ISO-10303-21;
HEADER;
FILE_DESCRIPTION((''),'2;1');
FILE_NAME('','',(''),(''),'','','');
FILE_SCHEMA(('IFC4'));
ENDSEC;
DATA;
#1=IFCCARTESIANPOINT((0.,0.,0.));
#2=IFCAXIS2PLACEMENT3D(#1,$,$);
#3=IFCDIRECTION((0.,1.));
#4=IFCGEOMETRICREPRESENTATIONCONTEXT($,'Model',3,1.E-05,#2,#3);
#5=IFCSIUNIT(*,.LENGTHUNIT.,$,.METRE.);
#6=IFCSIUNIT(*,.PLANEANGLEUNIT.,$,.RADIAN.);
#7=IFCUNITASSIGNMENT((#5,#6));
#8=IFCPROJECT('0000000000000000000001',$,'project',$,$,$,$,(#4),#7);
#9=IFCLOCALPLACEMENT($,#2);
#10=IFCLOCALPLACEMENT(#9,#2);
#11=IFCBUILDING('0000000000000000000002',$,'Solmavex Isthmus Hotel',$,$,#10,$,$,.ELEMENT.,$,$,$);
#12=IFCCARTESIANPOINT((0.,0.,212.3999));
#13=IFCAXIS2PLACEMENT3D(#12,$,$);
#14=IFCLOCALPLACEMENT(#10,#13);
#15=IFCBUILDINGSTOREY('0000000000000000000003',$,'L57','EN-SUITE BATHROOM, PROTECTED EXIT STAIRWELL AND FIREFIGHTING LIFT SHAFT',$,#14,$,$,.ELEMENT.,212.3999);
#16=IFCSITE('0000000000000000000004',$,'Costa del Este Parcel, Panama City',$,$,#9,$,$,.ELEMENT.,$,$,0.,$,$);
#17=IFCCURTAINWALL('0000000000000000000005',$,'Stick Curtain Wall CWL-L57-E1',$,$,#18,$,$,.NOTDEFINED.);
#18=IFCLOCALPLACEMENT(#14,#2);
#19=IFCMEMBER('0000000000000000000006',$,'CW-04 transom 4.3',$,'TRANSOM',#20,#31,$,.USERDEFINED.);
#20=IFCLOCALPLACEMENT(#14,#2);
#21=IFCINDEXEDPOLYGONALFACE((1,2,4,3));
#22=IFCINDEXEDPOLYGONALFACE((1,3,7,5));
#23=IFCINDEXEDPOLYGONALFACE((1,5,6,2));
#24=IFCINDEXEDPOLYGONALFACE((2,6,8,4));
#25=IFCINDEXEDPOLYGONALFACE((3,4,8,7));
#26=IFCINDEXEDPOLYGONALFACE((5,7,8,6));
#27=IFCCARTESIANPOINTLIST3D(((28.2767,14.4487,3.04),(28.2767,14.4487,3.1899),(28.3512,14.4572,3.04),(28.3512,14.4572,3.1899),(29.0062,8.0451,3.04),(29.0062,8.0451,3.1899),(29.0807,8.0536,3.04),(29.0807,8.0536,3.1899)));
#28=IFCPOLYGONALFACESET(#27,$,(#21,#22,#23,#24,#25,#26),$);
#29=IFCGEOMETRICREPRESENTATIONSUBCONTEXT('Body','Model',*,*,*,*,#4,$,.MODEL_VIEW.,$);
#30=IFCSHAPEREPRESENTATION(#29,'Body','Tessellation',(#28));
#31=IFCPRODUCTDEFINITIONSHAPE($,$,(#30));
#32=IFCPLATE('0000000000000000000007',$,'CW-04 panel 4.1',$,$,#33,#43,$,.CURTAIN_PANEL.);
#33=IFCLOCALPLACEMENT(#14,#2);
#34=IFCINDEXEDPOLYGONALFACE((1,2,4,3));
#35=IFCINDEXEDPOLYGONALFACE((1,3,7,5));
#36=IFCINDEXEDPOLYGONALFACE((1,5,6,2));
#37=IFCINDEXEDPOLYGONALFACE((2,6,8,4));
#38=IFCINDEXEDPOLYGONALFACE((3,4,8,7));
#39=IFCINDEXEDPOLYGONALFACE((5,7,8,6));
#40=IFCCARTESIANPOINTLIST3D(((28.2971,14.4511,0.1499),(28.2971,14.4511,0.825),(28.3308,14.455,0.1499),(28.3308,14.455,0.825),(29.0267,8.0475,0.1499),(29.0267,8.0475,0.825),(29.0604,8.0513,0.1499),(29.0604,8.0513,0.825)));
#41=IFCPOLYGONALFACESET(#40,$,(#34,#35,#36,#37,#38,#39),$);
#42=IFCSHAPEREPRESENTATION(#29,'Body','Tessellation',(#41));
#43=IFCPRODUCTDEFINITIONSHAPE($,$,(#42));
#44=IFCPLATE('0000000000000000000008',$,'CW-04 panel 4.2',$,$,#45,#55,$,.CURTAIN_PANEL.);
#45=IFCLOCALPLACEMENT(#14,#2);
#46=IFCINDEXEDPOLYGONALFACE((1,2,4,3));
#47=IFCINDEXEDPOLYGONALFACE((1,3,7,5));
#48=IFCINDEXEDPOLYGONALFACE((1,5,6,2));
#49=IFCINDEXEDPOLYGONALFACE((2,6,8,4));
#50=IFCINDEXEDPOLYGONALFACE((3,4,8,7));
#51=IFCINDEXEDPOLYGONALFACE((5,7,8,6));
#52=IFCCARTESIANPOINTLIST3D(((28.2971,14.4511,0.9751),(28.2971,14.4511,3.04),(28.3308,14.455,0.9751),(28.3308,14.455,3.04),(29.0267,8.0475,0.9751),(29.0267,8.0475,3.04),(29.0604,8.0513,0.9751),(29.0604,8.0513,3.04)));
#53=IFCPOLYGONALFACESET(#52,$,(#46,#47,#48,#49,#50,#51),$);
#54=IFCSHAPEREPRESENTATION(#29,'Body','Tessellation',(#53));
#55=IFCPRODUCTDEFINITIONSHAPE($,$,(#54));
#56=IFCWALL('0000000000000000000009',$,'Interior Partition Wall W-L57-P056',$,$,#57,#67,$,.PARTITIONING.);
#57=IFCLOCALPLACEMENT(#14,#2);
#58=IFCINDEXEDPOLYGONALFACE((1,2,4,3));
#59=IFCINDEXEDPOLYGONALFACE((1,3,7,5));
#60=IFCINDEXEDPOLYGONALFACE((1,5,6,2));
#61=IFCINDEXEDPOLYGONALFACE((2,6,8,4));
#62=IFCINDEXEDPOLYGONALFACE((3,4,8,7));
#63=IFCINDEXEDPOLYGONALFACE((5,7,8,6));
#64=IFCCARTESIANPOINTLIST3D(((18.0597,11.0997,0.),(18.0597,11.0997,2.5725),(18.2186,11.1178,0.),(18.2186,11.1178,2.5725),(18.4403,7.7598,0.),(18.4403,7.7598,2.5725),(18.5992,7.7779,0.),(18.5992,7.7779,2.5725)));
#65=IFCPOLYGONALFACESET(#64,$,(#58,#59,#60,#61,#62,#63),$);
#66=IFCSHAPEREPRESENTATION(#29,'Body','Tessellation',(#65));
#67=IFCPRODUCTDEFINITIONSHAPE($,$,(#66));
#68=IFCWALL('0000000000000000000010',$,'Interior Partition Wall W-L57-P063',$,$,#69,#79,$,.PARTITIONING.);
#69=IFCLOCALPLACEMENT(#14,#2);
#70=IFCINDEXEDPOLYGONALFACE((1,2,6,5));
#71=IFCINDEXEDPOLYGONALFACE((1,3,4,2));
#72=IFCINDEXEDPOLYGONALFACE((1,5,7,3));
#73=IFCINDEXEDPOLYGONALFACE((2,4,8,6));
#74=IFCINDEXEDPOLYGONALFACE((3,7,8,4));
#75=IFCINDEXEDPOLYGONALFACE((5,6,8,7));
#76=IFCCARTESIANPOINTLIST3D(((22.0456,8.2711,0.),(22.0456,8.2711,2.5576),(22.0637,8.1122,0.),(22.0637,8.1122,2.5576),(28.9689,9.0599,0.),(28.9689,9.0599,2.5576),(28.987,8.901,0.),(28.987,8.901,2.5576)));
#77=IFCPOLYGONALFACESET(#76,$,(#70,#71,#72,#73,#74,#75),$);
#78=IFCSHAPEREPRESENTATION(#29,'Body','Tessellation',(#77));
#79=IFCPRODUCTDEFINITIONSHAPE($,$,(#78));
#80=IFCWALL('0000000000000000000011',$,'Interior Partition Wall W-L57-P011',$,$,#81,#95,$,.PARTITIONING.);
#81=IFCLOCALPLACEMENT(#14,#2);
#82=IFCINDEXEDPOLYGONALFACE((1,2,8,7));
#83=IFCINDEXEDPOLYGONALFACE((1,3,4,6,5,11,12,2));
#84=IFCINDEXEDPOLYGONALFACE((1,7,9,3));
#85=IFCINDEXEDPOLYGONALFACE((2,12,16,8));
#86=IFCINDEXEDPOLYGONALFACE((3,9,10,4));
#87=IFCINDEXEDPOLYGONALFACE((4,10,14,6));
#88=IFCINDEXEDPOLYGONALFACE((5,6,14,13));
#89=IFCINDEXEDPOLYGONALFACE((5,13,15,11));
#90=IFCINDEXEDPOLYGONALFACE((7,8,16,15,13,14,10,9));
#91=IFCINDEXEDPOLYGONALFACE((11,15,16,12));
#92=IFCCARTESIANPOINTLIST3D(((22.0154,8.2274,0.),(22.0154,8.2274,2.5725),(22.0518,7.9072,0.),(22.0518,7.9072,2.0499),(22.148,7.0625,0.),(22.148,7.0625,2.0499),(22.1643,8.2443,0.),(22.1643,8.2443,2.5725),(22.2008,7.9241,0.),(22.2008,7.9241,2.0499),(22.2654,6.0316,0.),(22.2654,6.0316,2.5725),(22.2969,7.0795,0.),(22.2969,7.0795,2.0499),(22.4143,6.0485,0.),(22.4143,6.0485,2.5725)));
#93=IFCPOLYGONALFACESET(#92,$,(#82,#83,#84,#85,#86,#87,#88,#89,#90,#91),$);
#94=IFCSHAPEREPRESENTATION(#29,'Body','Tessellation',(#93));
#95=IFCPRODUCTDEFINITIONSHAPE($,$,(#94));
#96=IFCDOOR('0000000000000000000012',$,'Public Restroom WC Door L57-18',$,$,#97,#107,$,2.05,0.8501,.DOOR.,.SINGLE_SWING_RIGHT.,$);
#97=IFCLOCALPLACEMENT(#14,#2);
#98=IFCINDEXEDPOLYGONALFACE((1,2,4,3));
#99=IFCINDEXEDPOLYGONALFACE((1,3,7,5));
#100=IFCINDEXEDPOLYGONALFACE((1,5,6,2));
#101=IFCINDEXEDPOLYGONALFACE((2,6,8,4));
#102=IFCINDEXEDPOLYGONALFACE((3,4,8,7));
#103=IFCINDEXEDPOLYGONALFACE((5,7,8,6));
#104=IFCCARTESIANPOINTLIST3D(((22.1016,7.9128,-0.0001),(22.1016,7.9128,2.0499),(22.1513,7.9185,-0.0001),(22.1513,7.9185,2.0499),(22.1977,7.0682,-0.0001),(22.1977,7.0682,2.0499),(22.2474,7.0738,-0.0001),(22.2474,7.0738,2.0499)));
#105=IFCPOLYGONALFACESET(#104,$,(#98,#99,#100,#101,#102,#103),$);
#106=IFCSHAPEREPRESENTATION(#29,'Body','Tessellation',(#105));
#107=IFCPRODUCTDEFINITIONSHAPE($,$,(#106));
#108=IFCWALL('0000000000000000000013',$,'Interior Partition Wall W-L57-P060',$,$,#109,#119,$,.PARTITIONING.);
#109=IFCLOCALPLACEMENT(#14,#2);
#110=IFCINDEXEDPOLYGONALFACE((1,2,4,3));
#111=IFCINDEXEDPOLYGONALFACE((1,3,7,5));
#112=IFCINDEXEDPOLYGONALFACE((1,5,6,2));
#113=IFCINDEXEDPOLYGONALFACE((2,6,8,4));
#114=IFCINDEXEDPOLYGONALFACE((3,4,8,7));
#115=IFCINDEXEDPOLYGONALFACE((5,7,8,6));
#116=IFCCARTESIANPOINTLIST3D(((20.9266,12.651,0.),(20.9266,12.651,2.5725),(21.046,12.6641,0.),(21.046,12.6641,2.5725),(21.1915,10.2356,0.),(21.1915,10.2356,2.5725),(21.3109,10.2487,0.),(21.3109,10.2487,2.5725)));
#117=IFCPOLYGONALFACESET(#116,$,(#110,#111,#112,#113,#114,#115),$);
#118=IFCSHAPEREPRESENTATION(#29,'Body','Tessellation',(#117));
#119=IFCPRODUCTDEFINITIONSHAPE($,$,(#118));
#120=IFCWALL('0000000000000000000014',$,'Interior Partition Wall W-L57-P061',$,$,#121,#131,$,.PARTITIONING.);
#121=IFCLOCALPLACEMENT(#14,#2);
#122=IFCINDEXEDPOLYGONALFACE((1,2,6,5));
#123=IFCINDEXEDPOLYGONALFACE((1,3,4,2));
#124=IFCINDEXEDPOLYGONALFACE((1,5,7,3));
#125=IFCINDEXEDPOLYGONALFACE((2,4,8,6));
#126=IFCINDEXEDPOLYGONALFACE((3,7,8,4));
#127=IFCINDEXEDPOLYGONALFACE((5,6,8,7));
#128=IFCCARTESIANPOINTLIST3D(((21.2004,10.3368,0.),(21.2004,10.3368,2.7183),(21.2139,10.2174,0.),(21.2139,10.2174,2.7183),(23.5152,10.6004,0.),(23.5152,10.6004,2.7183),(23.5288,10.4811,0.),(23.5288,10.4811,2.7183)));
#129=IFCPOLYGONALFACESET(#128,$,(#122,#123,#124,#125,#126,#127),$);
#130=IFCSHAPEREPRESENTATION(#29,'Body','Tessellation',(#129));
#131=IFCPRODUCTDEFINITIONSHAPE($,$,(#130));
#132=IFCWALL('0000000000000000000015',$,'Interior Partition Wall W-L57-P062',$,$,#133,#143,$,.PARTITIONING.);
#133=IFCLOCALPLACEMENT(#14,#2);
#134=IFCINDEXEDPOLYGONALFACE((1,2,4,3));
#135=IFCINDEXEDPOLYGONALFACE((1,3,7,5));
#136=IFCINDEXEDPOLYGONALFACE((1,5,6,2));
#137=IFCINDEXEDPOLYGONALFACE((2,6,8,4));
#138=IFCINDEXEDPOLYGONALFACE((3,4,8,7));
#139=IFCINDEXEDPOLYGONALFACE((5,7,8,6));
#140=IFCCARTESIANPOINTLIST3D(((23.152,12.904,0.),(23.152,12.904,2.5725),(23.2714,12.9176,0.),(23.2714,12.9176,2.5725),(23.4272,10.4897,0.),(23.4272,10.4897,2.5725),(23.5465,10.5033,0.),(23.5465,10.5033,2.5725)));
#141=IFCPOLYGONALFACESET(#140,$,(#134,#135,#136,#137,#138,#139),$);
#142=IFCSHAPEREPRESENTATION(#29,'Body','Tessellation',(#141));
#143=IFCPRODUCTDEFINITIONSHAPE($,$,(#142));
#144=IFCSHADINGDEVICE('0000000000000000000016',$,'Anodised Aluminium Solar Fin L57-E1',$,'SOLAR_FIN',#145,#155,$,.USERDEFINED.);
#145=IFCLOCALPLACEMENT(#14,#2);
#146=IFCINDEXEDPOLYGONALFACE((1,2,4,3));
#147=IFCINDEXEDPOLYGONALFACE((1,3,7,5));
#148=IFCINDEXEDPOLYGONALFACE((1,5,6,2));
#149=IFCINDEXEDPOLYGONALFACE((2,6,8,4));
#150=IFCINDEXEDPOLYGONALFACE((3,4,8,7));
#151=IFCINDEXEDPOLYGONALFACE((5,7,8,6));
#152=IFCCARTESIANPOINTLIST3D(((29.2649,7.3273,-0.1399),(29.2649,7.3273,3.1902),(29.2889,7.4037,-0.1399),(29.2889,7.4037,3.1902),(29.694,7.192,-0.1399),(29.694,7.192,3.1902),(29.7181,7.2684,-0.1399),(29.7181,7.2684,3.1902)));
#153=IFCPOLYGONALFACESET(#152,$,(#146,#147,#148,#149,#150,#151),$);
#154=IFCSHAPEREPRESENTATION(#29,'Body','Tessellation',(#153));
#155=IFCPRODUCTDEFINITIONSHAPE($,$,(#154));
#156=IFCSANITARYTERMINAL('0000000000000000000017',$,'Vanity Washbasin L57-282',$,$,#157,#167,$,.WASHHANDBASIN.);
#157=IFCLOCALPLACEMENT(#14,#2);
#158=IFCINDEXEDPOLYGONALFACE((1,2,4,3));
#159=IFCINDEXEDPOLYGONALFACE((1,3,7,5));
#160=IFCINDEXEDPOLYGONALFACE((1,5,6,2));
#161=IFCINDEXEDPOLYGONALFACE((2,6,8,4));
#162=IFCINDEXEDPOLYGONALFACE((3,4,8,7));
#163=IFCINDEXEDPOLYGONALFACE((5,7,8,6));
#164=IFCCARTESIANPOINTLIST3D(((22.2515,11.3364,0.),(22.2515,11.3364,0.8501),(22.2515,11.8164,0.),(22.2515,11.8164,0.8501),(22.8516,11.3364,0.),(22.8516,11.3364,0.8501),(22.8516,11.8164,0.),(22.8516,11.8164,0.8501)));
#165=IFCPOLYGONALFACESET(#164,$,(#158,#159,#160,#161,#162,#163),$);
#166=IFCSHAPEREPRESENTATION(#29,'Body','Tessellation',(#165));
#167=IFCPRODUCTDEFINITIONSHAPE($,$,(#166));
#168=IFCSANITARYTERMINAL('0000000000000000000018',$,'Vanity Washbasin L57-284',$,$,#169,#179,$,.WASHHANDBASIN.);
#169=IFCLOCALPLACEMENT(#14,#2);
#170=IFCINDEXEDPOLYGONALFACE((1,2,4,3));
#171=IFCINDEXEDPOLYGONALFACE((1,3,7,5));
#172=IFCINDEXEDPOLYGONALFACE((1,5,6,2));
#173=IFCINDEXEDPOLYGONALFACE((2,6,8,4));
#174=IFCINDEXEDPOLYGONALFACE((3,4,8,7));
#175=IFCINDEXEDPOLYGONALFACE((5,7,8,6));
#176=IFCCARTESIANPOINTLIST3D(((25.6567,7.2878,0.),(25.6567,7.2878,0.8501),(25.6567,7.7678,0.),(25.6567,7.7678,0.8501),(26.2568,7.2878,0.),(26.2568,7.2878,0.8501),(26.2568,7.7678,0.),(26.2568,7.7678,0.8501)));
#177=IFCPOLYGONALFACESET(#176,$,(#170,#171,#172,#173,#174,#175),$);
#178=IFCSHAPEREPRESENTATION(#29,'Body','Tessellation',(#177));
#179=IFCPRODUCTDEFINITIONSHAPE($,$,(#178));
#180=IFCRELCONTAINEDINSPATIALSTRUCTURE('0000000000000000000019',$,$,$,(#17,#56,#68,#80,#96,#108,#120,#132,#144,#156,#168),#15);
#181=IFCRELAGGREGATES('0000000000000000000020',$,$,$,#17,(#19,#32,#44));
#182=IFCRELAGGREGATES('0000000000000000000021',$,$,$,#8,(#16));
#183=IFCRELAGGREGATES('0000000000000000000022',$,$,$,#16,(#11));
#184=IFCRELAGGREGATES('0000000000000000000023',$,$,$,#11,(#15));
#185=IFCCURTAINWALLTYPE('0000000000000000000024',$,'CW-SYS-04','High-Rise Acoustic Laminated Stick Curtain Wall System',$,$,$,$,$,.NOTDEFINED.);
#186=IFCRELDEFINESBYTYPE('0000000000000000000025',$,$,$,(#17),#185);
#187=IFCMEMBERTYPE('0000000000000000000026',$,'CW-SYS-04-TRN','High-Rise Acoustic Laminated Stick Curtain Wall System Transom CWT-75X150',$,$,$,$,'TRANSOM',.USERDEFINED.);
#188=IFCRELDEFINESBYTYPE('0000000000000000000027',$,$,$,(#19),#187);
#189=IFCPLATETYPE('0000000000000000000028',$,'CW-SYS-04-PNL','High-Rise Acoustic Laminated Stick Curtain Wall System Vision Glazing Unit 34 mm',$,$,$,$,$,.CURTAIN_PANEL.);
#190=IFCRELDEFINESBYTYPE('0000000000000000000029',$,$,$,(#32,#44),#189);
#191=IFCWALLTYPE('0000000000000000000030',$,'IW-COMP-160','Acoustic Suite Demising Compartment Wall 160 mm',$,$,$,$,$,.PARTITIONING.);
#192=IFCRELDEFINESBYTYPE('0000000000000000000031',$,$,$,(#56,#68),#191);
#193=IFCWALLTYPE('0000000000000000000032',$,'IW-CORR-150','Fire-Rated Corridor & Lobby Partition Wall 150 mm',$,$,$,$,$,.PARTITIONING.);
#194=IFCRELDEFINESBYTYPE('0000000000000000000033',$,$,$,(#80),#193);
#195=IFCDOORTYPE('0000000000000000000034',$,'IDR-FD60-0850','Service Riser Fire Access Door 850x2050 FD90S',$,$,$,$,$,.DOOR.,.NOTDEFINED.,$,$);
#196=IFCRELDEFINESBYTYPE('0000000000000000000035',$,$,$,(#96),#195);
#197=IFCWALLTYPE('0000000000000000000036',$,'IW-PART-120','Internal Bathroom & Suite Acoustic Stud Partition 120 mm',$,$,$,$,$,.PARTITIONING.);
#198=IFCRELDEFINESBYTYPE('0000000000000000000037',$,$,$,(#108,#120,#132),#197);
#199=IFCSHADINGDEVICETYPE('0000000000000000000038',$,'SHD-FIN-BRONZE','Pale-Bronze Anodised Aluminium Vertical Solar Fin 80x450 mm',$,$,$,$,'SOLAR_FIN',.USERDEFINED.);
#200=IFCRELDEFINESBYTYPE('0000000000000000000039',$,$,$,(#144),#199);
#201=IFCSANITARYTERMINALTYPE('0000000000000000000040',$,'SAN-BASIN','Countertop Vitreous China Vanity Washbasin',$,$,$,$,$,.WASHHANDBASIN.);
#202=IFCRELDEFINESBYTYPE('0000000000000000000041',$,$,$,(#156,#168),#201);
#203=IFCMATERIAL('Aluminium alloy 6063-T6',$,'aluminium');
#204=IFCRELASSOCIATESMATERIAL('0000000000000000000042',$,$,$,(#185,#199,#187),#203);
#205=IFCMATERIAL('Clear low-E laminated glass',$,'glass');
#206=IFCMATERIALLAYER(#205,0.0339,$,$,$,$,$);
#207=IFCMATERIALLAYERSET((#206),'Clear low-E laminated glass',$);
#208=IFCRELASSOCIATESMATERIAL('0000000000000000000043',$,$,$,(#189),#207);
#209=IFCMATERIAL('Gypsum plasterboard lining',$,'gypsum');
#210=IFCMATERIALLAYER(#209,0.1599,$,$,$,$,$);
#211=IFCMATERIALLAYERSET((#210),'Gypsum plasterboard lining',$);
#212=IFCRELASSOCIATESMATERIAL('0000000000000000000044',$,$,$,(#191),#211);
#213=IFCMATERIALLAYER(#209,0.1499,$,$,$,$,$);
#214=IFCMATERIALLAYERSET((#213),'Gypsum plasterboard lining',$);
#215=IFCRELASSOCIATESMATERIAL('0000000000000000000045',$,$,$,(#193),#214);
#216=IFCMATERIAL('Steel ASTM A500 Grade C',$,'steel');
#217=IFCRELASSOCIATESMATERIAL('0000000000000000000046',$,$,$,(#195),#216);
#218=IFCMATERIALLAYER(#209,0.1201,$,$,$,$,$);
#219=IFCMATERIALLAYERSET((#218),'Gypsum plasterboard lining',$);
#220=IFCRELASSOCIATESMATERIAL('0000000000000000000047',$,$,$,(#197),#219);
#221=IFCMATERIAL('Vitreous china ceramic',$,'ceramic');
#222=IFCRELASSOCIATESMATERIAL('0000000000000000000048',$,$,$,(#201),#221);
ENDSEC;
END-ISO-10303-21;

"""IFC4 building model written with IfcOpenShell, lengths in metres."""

from ifc_helpers import new_model, si_unit, direction, frame, frame_2d, origin, origin_2d, place, context, subcontext, project, spatial, rectangle, extrude, material, layer, layer_set, material_profile, profile_set, type_object, element, fill, aggregate, save


model = new_model("IFC4")

# Units and contexts
model_context = context("Model", 3, precision=1e-05, world=origin(), true_north=direction((0.0, 1.0)))
body_context = subcontext(model_context, "Body", "Model", "MODEL_VIEW")
ifc_project = project(units=[si_unit("LENGTHUNIT", "METRE"), si_unit("PLANEANGLEUNIT", "RADIAN")], contexts=[model_context])

# Site, building, storey
site_placement = place(None, origin())
site = spatial("IfcSite", under=ifc_project, at=site_placement, Name="Costa del Este Parcel, Panama City", CompositionType="ELEMENT", RefElevation=0.0)
building_placement = place(site_placement, origin())
building = spatial("IfcBuilding", under=site, at=building_placement, Name="Solmavex Isthmus Hotel", CompositionType="ELEMENT")
storey_placement = place(building_placement, frame((0.0, 0.0, 212.3999)))
storey = spatial("IfcBuildingStorey", under=building, at=storey_placement, Name="L57", Description="EN-SUITE BATHROOM, PROTECTED EXIT STAIRWELL AND FIREFIGHTING LIFT SHAFT", CompositionType="ELEMENT", Elevation=212.3999)

# Curtain wall, member, plates
ifc_material_1 = material(Name="Aluminium alloy 6063-T6", Category="aluminium")
curtain_wall_type = type_object("IfcCurtainWallType", Name="CW-SYS-04", Description="High-Rise Acoustic Laminated Stick Curtain Wall System", PredefinedType="NOTDEFINED", material=ifc_material_1)
curtain_wall_placement = place(storey_placement, origin())
curtain_wall = element("IfcCurtainWall", 1, at=curtain_wall_placement, inside=storey, type_object=curtain_wall_type, Name="Stick Curtain Wall CWL-L57-E1", PredefinedType="NOTDEFINED")
ifc_material_profile_1 = material_profile(ifc_material_1, rectangle(XDim=0.075, YDim=0.1499, at=origin_2d()), Name="CWT-75X150")
ifc_profile_set_1 = profile_set([ifc_material_profile_1], Name="Aluminium alloy 6063-T6")
member_type_1 = type_object("IfcMemberType", Name="CW-SYS-04-TRN", Description="High-Rise Acoustic Laminated Stick Curtain Wall System Transom CWT-75X150", ElementType="TRANSOM", PredefinedType="USERDEFINED", material=ifc_profile_set_1)
member_1_placement = place(storey_placement, frame((29.0435, 8.0493, 3.115), z_axis=(-0.113188, 0.993574, 0.0), x_axis=(-0.993574, -0.113188, 0.0)))
member_1 = element("IfcMember", 2, at=member_1_placement, type_object=member_type_1, Name="CW-04 transom 4.3", ObjectType="TRANSOM", PredefinedType="USERDEFINED", context=body_context, shape_type="SweptSolid", body=[
    extrude(rectangle(XDim=0.075, YDim=0.1499, at=origin_2d()), origin(), (0.0, 0.0, 1.0), 6.4451),
])
ifc_material_2 = material(Name="Clear low-E laminated glass", Category="glass")
ifc_layer_1 = layer(ifc_material_2, 0.0339)
ifc_layer_set_1 = layer_set([ifc_layer_1], Name="Clear low-E laminated glass")
plate_type = type_object("IfcPlateType", Name="CW-SYS-04-PNL", Description="High-Rise Acoustic Laminated Stick Curtain Wall System Vision Glazing Unit 34 mm", PredefinedType="CURTAIN_PANEL", material=ifc_layer_set_1)
plate_1_placement = place(storey_placement, frame((28.6787, 11.2512, 0.1499), z_axis=(0.0, 0.0, 1.0), x_axis=(-0.113203, 0.993572, 0.0)))
plate_1 = element("IfcPlate", 3, at=plate_1_placement, type_object=plate_type, Name="CW-04 panel 4.1", PredefinedType="CURTAIN_PANEL", context=body_context, shape_type="SweptSolid", body=[
    extrude(rectangle(XDim=6.4451, YDim=0.0339, at=origin_2d()), origin(), (0.0, 0.0, 1.0), 0.675),
])
plate_2_placement = place(storey_placement, frame((28.6787, 11.2512, 0.9751), z_axis=(0.0, 0.0, 1.0), x_axis=(-0.113203, 0.993572, 0.0)))
plate_2 = element("IfcPlate", 4, at=plate_2_placement, type_object=plate_type, Name="CW-04 panel 4.2", PredefinedType="CURTAIN_PANEL", context=body_context, shape_type="SweptSolid", body=[
    extrude(rectangle(XDim=6.4451, YDim=0.0339, at=origin_2d()), origin(), (0.0, 0.0, 1.0), 2.0649),
])
aggregate(curtain_wall, [member_1, plate_1, plate_2])

# Wall
ifc_material_3 = material(Name="Gypsum plasterboard lining", Category="gypsum")
ifc_layer_2 = layer(ifc_material_3, 0.1599)
ifc_layer_set_2 = layer_set([ifc_layer_2], Name="Gypsum plasterboard lining")
wall_type_1 = type_object("IfcWallType", Name="IW-COMP-160", Description="Acoustic Suite Demising Compartment Wall 160 mm", PredefinedType="PARTITIONING", material=ifc_layer_set_2)
wall_1_placement = place(storey_placement, frame((18.1392, 11.1086, 0.0), z_axis=(0.0, 0.0, 1.0), x_axis=(0.113229, -0.993569, 0.0)))
element("IfcWall", 5, at=wall_1_placement, inside=storey, type_object=wall_type_1, Name="Interior Partition Wall W-L57-P056", PredefinedType="PARTITIONING", context=body_context, shape_type="SweptSolid", body=[
    extrude(rectangle(XDim=3.3616, YDim=0.1599, at=frame_2d((1.6807, 0.0))), origin(), (0.0, 0.0, 1.0), 2.5725),
])

# Wall
wall_2_placement = place(storey_placement, frame((28.9778, 8.9805, 0.0), z_axis=(0.0, 0.0, 1.0), x_axis=(-0.993572, -0.113204, 0.0)))
element("IfcWall", 6, at=wall_2_placement, inside=storey, type_object=wall_type_1, Name="Interior Partition Wall W-L57-P063", PredefinedType="PARTITIONING", context=body_context, shape_type="SweptSolid", body=[
    extrude(rectangle(XDim=6.968, YDim=0.1599, at=frame_2d((3.4839, 0.0))), origin(), (0.0, 0.0, 1.0), 2.5576),
])

# Wall, opening, door
ifc_layer_3 = layer(ifc_material_3, 0.1499)
ifc_layer_set_3 = layer_set([ifc_layer_3], Name="Gypsum plasterboard lining")
wall_type_2 = type_object("IfcWallType", Name="IW-CORR-150", Description="Fire-Rated Corridor & Lobby Partition Wall 150 mm", PredefinedType="PARTITIONING", material=ifc_layer_set_3)
wall_3_placement = place(storey_placement, frame((22.0898, 8.2358, 0.0), z_axis=(0.0, 0.0, 1.0), x_axis=(0.113123, -0.993581, 0.0)))
wall_3 = element("IfcWall", 7, at=wall_3_placement, inside=storey, type_object=wall_type_2, Name="Interior Partition Wall W-L57-P011", PredefinedType="PARTITIONING", context=body_context, shape_type="SweptSolid", body=[
    extrude(rectangle(XDim=2.21, YDim=0.1499, at=frame_2d((1.105, 0.0))), origin(), (0.0, 0.0, 1.0), 2.5725),
])
opening_1_placement = place(wall_3_placement, frame((0.3223, 0.0, 0.0)))
opening_1 = element("IfcOpeningElement", 8, at=opening_1_placement, cuts=wall_3, PredefinedType="OPENING", context=body_context, shape_type="SweptSolid", body=[
    extrude(rectangle(XDim=0.8501, YDim=2.05, at=frame_2d((0.425, 1.0249))), frame((0.0, 0.085, 0.0), z_axis=(0.0, -1.0, 0.0), x_axis=(1.0, 0.0, 0.0)), (0.0, 0.0, 1.0), 0.1699),
])
ifc_material_4 = material(Name="Steel ASTM A500 Grade C", Category="steel")
door_type_1 = type_object("IfcDoorType", Name="IDR-FD60-0850", Description="Service Riser Fire Access Door 850x2050 FD90S", OperationType="NOTDEFINED", PredefinedType="DOOR", material=ifc_material_4)
door_1_placement = place(opening_1_placement, frame((0.8501, 0.0, 0.0), z_axis=(0.0, 0.0, 1.0), x_axis=(-1.0, 0.0, 0.0)))
door_1 = element("IfcDoor", 9, at=door_1_placement, inside=storey, type_object=door_type_1, Name="Public Restroom WC Door L57-18", OperationType="SINGLE_SWING_RIGHT", OverallHeight=2.05, OverallWidth=0.8501, PredefinedType="DOOR", context=body_context, shape_type="SweptSolid", body=[
    extrude(rectangle(XDim=0.8501, YDim=2.05, at=frame_2d((0.425, 1.0249))), frame((0.0, 0.0249, 0.0), z_axis=(0.0, -1.0, 0.0), x_axis=(1.0, 0.0, 0.0)), (0.0, 0.0, 1.0), 0.05),
])
fill(opening_1, door_1)

# Walls
ifc_layer_4 = layer(ifc_material_3, 0.1201)
ifc_layer_set_4 = layer_set([ifc_layer_4], Name="Gypsum plasterboard lining")
wall_type_3 = type_object("IfcWallType", Name="IW-PART-120", Description="Internal Bathroom & Suite Acoustic Stud Partition 120 mm", PredefinedType="PARTITIONING", material=ifc_layer_set_4)
wall_4_placement = place(storey_placement, frame((20.9863, 12.6575, 0.0), z_axis=(0.0, 0.0, 1.0), x_axis=(0.109009, -0.994041, 0.0)))
element("IfcWall", 10, at=wall_4_placement, inside=storey, type_object=wall_type_3, Name="Interior Partition Wall W-L57-P060", PredefinedType="PARTITIONING", context=body_context, shape_type="SweptSolid", body=[
    extrude(rectangle(XDim=2.4299, YDim=0.1201, at=frame_2d((1.2148, 0.0))), origin(), (0.0, 0.0, 1.0), 2.5725),
])
wall_5_placement = place(storey_placement, frame((21.207, 10.2771, 0.0), z_axis=(0.0, 0.0, 1.0), x_axis=(0.993576, 0.113168, 0.0)))
element("IfcWall", 11, at=wall_5_placement, inside=storey, type_object=wall_type_3, Name="Interior Partition Wall W-L57-P061", PredefinedType="PARTITIONING", context=body_context, shape_type="SweptSolid", body=[
    extrude(rectangle(XDim=2.3298, YDim=0.1201, at=frame_2d((1.165, 0.0))), origin(), (0.0, 0.0, 1.0), 2.7183),
])
wall_6_placement = place(storey_placement, frame((23.4868, 10.4966, 0.0), z_axis=(0.0, 0.0, 1.0), x_axis=(-0.113232, 0.993569, 0.0)))
element("IfcWall", 12, at=wall_6_placement, inside=storey, type_object=wall_type_3, Name="Interior Partition Wall W-L57-P062", PredefinedType="PARTITIONING", context=body_context, shape_type="SweptSolid", body=[
    extrude(rectangle(XDim=2.4299, YDim=0.1201, at=frame_2d((1.2148, 0.0))), origin(), (0.0, 0.0, 1.0), 2.5725),
])

# Shading device
shading_device_type = type_object("IfcShadingDeviceType", Name="SHD-FIN-BRONZE", Description="Pale-Bronze Anodised Aluminium Vertical Solar Fin 80x450 mm", ElementType="SOLAR_FIN", PredefinedType="USERDEFINED", material=ifc_material_1)
shading_device_placement = place(storey_placement, frame((29.4915, 7.2979, -0.1399), z_axis=(0.0, 0.0, 1.0), x_axis=(0.953717, -0.300706, 0.0)))
element("IfcShadingDevice", 13, at=shading_device_placement, inside=storey, type_object=shading_device_type, Name="Anodised Aluminium Solar Fin L57-E1", ObjectType="SOLAR_FIN", PredefinedType="USERDEFINED", context=body_context, shape_type="SweptSolid", body=[
    extrude(rectangle(XDim=0.45, YDim=0.0801, at=origin_2d()), origin(), (0.0, 0.0, 1.0), 3.3301),
])

# Sanitary terminals
ifc_material_5 = material(Name="Vitreous china ceramic", Category="ceramic")
sanitary_terminal_type_1 = type_object("IfcSanitaryTerminalType", Name="SAN-BASIN", Description="Countertop Vitreous China Vanity Washbasin", PredefinedType="WASHHANDBASIN", material=ifc_material_5)
for number, where, z_axis, x_axis, name in (
    (14, (22.5515, 11.5764, 0.0), (0.0, 0.0, 1.0), (1.0, 0.0, 0.0), "Vanity Washbasin L57-282"),
    (15, (25.9568, 7.5278, 0.0), (0.0, 0.0, 1.0), (1.0, 0.0, 0.0), "Vanity Washbasin L57-284"),
):
    element("IfcSanitaryTerminal", number, at=place(storey_placement, frame(where, z_axis=z_axis, x_axis=x_axis)), inside=storey, type_object=sanitary_terminal_type_1, Name=name, PredefinedType="WASHHANDBASIN", context=body_context, shape_type="SweptSolid", body=[
        extrude(rectangle(XDim=0.6001, YDim=0.48, at=origin_2d()), origin(), (0.0, 0.0, 1.0), 0.8501),
    ])

save(model, "model.ifc")
